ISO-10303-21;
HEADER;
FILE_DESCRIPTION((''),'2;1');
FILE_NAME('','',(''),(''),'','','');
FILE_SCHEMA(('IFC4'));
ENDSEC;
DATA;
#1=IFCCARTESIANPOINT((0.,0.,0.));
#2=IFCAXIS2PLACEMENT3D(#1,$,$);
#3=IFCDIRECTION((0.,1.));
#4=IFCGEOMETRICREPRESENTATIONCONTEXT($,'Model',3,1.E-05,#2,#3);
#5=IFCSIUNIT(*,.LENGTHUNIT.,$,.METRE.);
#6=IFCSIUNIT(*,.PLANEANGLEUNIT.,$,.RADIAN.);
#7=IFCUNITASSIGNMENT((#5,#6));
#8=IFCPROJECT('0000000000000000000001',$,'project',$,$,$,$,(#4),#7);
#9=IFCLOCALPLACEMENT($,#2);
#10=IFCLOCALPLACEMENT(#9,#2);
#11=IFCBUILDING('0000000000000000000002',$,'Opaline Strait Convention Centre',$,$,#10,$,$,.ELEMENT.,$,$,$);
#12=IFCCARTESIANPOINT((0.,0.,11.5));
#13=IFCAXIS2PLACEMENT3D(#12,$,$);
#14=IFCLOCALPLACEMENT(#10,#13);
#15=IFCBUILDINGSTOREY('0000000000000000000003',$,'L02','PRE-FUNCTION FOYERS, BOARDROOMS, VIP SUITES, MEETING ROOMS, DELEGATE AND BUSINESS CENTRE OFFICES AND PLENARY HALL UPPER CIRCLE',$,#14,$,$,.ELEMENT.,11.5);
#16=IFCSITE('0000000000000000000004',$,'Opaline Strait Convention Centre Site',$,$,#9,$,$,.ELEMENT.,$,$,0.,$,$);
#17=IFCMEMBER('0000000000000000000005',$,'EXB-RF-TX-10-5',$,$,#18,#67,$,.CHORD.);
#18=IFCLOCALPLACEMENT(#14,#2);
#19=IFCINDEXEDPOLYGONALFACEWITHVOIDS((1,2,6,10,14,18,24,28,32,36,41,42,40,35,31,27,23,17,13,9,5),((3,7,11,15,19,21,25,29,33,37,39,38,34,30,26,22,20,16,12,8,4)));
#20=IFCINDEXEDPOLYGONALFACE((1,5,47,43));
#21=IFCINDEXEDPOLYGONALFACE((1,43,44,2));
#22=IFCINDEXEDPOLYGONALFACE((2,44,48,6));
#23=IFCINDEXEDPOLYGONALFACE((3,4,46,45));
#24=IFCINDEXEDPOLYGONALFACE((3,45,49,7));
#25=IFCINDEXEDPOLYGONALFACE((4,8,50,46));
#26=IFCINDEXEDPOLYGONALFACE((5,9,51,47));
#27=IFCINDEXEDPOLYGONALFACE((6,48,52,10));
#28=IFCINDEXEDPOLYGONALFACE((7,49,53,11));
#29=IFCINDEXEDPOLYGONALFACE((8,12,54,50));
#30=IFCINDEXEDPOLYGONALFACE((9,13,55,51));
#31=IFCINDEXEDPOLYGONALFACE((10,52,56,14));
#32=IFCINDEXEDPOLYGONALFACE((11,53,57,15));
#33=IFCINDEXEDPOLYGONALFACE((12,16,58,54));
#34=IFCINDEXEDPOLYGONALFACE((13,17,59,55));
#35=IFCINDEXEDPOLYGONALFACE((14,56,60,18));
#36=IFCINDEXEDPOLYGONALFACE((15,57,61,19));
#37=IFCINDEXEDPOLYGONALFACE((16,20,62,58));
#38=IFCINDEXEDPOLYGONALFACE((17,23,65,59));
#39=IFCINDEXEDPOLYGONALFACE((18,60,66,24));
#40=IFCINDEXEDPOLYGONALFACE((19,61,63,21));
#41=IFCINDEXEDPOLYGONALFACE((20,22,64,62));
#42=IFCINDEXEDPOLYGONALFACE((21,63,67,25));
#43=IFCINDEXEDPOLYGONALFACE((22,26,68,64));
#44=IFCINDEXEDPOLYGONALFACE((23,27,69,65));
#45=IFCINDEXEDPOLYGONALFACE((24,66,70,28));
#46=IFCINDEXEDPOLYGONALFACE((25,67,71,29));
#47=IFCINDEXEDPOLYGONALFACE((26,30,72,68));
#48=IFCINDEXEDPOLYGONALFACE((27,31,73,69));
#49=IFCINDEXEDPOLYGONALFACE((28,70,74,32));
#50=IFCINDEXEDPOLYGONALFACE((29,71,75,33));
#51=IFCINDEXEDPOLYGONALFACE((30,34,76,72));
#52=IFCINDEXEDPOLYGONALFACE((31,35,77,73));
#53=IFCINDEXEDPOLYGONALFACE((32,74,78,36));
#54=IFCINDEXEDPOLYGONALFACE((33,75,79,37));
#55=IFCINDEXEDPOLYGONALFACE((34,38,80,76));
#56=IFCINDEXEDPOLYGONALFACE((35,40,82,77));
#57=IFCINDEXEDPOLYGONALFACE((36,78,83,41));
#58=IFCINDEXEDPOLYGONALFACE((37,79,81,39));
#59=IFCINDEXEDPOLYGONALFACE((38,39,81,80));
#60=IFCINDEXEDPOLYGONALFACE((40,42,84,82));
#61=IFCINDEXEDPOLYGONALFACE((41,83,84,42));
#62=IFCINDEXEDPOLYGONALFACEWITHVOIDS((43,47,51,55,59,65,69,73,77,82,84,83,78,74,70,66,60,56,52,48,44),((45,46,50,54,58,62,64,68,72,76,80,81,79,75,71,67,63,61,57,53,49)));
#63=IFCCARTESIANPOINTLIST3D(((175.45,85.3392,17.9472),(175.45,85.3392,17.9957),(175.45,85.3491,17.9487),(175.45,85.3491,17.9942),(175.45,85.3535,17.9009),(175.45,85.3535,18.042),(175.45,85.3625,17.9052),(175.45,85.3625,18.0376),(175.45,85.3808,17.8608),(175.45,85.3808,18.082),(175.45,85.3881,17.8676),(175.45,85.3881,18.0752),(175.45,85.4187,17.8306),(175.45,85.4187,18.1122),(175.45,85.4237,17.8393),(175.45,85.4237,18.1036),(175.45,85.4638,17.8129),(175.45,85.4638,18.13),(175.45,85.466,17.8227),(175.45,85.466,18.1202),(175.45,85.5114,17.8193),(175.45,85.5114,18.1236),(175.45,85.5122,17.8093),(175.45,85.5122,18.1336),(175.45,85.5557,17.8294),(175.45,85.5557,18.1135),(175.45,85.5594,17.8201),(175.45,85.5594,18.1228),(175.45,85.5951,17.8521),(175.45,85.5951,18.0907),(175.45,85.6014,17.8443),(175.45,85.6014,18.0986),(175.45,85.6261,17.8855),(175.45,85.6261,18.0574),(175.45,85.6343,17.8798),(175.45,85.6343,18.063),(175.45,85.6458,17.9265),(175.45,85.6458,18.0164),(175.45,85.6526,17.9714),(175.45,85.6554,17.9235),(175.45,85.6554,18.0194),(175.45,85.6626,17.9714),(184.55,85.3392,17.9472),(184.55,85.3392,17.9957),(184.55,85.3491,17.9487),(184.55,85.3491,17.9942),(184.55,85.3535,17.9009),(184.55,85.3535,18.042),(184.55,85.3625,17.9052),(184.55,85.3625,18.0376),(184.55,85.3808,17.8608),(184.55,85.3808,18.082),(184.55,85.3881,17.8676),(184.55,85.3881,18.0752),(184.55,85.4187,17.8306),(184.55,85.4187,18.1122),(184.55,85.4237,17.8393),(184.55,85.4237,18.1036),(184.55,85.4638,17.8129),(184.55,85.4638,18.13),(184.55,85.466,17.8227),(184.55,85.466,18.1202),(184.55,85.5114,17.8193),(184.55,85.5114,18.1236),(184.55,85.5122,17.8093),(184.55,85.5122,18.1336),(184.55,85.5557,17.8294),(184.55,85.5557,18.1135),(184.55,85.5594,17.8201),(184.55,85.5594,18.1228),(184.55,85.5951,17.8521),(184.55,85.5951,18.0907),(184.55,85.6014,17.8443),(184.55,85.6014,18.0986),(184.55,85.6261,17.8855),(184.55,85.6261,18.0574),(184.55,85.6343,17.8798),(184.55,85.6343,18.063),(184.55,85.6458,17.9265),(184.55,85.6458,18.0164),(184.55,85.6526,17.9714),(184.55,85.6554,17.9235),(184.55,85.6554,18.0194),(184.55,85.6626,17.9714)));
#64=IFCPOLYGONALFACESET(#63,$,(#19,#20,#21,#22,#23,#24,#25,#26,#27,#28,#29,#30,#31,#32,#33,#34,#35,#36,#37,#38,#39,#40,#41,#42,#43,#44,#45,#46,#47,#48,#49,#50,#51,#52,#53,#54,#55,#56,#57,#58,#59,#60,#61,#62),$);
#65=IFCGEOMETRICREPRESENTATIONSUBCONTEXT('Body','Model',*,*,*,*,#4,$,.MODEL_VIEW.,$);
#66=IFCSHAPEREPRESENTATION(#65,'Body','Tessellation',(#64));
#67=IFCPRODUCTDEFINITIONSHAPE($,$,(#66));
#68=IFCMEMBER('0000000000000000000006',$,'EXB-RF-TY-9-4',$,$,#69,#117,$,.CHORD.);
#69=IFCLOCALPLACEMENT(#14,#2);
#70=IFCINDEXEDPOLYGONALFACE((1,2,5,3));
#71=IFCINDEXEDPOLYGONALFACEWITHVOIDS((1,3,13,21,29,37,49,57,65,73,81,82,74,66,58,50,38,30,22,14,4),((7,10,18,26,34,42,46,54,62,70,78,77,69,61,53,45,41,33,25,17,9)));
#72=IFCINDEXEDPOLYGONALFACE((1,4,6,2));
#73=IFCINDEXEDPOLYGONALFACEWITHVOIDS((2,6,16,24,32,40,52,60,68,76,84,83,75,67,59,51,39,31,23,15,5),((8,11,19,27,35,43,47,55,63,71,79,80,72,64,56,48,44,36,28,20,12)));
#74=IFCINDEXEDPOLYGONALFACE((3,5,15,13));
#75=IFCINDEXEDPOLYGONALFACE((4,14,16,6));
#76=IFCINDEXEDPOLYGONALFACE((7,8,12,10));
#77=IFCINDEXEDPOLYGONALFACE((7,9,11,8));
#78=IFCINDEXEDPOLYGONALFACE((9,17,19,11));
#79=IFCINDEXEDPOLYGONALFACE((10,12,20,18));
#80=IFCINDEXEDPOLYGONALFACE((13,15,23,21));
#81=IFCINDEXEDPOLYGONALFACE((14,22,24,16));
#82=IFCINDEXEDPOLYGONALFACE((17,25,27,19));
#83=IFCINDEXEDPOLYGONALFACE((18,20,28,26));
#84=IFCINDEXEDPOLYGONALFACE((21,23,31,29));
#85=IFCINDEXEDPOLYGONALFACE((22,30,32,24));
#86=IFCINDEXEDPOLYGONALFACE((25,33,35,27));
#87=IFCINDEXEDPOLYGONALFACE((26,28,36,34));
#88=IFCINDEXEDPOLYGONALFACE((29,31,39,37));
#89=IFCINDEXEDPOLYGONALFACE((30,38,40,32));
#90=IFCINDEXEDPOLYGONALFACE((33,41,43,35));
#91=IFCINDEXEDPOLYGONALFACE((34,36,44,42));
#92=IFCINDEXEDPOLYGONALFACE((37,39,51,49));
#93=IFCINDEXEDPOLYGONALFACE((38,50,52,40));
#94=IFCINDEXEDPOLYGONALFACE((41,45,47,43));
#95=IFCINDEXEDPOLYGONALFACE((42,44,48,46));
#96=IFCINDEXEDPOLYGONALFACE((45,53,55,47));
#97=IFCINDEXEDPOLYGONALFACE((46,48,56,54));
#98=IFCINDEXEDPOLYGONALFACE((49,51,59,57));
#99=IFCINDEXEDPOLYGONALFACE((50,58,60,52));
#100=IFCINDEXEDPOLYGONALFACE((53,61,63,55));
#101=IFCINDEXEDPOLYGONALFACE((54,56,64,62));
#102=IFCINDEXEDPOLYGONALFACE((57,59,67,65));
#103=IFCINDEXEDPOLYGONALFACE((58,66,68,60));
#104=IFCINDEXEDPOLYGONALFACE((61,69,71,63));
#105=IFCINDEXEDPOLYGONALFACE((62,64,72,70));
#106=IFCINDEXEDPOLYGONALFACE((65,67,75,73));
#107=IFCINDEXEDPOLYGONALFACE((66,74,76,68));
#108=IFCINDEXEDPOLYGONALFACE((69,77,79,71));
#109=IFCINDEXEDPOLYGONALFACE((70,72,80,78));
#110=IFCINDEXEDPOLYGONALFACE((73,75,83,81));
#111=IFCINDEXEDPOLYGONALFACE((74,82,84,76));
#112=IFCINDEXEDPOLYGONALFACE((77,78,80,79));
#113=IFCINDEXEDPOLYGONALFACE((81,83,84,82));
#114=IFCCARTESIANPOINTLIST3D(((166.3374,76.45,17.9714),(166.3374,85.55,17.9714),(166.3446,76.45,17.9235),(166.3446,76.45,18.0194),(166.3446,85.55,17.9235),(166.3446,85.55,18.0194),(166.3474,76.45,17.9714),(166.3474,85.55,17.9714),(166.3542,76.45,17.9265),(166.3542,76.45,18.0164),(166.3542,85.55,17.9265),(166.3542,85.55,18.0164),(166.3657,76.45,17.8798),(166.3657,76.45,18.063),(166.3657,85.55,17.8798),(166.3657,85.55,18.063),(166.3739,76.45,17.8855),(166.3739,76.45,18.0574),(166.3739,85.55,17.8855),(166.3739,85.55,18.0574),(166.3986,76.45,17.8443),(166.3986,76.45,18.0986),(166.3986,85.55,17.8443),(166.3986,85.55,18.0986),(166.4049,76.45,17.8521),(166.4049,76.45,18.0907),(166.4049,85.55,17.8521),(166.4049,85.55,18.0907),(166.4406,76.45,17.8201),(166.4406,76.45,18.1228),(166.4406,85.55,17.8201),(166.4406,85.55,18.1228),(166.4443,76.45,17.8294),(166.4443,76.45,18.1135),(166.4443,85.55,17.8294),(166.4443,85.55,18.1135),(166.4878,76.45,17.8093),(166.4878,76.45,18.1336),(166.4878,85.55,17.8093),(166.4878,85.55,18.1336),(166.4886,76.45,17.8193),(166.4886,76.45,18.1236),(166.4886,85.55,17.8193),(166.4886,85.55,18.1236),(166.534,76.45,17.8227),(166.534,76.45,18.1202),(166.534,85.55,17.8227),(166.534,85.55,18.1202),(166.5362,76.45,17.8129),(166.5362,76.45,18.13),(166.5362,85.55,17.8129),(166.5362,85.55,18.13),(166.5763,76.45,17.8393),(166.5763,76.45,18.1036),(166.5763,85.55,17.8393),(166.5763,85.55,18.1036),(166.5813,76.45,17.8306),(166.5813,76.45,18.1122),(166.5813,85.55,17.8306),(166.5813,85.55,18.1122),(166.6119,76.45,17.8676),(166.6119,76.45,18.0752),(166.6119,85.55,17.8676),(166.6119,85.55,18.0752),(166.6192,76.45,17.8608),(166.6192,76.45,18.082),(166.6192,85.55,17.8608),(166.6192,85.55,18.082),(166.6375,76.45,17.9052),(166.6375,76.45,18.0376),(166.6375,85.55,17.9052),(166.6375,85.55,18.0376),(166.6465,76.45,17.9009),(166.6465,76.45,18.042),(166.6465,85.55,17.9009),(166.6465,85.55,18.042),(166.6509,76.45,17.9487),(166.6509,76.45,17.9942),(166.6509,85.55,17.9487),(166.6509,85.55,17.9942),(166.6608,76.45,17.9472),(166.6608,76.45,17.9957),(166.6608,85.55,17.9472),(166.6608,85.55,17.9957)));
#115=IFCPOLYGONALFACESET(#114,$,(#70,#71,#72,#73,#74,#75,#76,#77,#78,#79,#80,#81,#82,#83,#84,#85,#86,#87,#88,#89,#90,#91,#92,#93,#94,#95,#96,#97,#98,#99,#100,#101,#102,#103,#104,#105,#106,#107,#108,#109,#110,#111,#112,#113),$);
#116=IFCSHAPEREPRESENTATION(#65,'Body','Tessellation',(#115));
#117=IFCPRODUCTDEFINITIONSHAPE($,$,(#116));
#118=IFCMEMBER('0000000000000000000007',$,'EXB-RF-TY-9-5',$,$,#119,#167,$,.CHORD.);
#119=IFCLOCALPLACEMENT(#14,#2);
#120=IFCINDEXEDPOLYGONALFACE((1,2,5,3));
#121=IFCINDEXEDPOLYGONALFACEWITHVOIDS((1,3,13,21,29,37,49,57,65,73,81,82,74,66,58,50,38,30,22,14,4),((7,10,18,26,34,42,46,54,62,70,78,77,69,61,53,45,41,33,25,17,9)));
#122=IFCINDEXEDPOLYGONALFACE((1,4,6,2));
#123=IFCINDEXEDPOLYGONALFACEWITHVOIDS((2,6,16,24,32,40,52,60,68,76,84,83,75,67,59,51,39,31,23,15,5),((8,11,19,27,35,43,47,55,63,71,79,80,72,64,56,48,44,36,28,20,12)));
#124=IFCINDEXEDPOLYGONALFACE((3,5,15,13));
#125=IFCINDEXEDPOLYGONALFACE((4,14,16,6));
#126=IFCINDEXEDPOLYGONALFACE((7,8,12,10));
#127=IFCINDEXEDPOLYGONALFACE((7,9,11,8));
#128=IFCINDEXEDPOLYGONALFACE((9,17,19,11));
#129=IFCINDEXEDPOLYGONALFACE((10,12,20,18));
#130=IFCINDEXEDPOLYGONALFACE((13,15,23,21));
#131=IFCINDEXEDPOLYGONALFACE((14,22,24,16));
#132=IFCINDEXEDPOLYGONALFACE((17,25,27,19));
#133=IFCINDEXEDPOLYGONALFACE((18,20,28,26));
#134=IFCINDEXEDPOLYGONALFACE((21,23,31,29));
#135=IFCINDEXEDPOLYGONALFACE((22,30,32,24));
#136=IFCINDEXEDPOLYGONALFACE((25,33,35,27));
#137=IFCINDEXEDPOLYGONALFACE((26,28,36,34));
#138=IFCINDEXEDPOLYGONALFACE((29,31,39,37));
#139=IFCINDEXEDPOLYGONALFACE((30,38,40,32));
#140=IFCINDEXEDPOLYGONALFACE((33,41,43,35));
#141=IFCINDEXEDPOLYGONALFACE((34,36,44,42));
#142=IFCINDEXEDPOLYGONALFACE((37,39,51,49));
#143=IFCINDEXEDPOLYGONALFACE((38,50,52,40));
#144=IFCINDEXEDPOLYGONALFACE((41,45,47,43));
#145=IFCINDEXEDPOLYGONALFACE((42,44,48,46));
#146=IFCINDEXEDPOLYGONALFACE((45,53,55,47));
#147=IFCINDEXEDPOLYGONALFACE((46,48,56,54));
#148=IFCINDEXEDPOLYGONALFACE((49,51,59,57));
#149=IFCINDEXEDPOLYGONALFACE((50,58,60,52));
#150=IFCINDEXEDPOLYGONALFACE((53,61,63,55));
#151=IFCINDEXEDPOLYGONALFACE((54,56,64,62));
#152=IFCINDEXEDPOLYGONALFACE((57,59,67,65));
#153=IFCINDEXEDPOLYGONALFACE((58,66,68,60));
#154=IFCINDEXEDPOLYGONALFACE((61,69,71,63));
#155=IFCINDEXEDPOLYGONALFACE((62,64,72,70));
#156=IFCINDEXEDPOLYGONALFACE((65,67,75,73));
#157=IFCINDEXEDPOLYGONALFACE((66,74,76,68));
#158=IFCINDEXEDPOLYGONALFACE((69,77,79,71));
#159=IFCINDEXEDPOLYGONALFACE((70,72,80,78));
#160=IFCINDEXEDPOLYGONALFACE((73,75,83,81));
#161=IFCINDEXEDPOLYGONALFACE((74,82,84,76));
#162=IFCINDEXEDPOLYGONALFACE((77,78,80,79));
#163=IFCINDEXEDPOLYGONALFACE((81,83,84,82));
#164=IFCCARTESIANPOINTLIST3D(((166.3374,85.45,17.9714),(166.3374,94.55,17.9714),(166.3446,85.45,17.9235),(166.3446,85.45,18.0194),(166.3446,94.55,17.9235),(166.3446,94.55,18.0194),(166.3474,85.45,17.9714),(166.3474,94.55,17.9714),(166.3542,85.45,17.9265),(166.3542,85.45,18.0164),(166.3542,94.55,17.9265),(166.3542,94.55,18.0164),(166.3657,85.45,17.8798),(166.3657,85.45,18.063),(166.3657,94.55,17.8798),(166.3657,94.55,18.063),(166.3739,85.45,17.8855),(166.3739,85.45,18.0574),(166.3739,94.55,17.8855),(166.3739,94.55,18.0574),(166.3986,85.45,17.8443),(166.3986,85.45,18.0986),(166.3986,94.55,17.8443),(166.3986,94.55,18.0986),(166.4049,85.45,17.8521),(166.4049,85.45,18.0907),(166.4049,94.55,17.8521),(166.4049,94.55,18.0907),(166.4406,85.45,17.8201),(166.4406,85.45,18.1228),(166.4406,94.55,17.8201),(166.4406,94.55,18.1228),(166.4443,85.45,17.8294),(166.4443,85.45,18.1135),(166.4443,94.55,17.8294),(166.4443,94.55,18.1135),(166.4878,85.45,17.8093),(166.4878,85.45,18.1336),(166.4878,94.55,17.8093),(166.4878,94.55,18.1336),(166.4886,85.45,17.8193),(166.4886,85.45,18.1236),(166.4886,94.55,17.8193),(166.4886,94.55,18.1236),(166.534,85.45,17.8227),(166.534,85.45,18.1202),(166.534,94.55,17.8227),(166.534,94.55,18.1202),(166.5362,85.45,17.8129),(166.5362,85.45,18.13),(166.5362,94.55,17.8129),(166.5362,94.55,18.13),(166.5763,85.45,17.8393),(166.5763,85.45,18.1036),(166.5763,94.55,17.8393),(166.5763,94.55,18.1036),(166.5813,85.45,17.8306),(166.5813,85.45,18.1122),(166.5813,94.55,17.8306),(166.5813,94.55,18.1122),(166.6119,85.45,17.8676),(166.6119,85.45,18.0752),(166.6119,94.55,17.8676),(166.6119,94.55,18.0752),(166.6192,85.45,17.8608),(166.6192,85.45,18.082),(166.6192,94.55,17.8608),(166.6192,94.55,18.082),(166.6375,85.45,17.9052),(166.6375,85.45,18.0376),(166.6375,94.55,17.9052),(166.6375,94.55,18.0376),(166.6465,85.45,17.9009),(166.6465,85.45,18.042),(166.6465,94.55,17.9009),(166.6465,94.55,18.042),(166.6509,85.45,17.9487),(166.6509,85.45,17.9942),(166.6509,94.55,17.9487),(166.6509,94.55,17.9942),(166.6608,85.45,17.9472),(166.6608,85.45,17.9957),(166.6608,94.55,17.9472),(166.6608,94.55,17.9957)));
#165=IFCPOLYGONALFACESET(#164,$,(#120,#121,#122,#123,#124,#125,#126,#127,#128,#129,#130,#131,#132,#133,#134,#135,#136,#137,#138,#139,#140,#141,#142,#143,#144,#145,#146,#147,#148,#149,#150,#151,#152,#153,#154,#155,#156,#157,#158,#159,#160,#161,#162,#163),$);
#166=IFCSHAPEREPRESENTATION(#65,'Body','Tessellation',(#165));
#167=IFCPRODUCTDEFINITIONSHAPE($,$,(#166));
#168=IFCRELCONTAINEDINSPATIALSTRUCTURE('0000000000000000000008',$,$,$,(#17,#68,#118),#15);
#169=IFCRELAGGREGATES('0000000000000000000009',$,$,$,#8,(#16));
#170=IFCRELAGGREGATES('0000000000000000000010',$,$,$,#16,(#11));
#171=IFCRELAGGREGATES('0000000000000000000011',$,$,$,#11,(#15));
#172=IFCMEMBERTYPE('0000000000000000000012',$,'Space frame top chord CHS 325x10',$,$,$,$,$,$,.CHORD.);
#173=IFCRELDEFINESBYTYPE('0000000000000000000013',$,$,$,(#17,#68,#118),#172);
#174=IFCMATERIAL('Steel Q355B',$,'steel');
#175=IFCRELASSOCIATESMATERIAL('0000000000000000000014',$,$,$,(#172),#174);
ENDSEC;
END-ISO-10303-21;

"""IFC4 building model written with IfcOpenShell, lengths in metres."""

from ifc_helpers import new_model, si_unit, direction, frame, origin, origin_2d, place, context, subcontext, project, spatial, hollow_circle, extrude, material, material_profile, profile_set, type_object, element, save


model = new_model("IFC4")

# Units and contexts
model_context = context("Model", 3, precision=1e-05, world=origin(), true_north=direction((0.0, 1.0)))
body_context = subcontext(model_context, "Body", "Model", "MODEL_VIEW")
ifc_project = project(units=[si_unit("LENGTHUNIT", "METRE"), si_unit("PLANEANGLEUNIT", "RADIAN")], contexts=[model_context])

# Site, building, storey
site_placement = place(None, origin())
site = spatial("IfcSite", under=ifc_project, at=site_placement, Name="Opaline Strait Convention Centre Site", CompositionType="ELEMENT", RefElevation=0.0)
building_placement = place(site_placement, origin())
building = spatial("IfcBuilding", under=site, at=building_placement, Name="Opaline Strait Convention Centre", CompositionType="ELEMENT")
storey_placement = place(building_placement, frame((0.0, 0.0, 11.5)))
storey = spatial("IfcBuildingStorey", under=building, at=storey_placement, Name="L02", Description="PRE-FUNCTION FOYERS, BOARDROOMS, VIP SUITES, MEETING ROOMS, DELEGATE AND BUSINESS CENTRE OFFICES AND PLENARY HALL UPPER CIRCLE", CompositionType="ELEMENT", Elevation=11.5)

# Members
ifc_material_1 = material(Name="Steel Q355B", Category="steel")
ifc_material_profile_1 = material_profile(ifc_material_1, hollow_circle(Radius=0.1626, WallThickness=0.01, at=origin_2d()), Name="CHS 325x10")
ifc_profile_set_1 = profile_set([ifc_material_profile_1], Name="Steel Q355B")
member_type_1 = type_object("IfcMemberType", Name="Space frame top chord CHS 325x10", PredefinedType="CHORD", material=ifc_profile_set_1)
for number, where, z_axis, x_axis, name in (
    (1, (175.45, 85.5, 17.9714), (1.0, 0.0, 0.0), (0.0, 1.0, 0.0), "EXB-RF-TX-10-5"),
    (2, (166.5, 76.45, 17.9714), (0.0, 1.0, 0.0), (-1.0, 0.0, 0.0), "EXB-RF-TY-9-4"),
    (3, (166.5, 85.45, 17.9714), (0.0, 1.0, 0.0), (-1.0, 0.0, 0.0), "EXB-RF-TY-9-5"),
):
    element("IfcMember", number, at=place(storey_placement, frame(where, z_axis=z_axis, x_axis=x_axis)), inside=storey, type_object=member_type_1, Name=name, PredefinedType="CHORD", context=body_context, shape_type="SweptSolid", body=[
        extrude(hollow_circle(Radius=0.1626, WallThickness=0.01, at=origin_2d()), origin(), (0.0, 0.0, 1.0), 9.1001),
    ])

save(model, "model.ifc")
